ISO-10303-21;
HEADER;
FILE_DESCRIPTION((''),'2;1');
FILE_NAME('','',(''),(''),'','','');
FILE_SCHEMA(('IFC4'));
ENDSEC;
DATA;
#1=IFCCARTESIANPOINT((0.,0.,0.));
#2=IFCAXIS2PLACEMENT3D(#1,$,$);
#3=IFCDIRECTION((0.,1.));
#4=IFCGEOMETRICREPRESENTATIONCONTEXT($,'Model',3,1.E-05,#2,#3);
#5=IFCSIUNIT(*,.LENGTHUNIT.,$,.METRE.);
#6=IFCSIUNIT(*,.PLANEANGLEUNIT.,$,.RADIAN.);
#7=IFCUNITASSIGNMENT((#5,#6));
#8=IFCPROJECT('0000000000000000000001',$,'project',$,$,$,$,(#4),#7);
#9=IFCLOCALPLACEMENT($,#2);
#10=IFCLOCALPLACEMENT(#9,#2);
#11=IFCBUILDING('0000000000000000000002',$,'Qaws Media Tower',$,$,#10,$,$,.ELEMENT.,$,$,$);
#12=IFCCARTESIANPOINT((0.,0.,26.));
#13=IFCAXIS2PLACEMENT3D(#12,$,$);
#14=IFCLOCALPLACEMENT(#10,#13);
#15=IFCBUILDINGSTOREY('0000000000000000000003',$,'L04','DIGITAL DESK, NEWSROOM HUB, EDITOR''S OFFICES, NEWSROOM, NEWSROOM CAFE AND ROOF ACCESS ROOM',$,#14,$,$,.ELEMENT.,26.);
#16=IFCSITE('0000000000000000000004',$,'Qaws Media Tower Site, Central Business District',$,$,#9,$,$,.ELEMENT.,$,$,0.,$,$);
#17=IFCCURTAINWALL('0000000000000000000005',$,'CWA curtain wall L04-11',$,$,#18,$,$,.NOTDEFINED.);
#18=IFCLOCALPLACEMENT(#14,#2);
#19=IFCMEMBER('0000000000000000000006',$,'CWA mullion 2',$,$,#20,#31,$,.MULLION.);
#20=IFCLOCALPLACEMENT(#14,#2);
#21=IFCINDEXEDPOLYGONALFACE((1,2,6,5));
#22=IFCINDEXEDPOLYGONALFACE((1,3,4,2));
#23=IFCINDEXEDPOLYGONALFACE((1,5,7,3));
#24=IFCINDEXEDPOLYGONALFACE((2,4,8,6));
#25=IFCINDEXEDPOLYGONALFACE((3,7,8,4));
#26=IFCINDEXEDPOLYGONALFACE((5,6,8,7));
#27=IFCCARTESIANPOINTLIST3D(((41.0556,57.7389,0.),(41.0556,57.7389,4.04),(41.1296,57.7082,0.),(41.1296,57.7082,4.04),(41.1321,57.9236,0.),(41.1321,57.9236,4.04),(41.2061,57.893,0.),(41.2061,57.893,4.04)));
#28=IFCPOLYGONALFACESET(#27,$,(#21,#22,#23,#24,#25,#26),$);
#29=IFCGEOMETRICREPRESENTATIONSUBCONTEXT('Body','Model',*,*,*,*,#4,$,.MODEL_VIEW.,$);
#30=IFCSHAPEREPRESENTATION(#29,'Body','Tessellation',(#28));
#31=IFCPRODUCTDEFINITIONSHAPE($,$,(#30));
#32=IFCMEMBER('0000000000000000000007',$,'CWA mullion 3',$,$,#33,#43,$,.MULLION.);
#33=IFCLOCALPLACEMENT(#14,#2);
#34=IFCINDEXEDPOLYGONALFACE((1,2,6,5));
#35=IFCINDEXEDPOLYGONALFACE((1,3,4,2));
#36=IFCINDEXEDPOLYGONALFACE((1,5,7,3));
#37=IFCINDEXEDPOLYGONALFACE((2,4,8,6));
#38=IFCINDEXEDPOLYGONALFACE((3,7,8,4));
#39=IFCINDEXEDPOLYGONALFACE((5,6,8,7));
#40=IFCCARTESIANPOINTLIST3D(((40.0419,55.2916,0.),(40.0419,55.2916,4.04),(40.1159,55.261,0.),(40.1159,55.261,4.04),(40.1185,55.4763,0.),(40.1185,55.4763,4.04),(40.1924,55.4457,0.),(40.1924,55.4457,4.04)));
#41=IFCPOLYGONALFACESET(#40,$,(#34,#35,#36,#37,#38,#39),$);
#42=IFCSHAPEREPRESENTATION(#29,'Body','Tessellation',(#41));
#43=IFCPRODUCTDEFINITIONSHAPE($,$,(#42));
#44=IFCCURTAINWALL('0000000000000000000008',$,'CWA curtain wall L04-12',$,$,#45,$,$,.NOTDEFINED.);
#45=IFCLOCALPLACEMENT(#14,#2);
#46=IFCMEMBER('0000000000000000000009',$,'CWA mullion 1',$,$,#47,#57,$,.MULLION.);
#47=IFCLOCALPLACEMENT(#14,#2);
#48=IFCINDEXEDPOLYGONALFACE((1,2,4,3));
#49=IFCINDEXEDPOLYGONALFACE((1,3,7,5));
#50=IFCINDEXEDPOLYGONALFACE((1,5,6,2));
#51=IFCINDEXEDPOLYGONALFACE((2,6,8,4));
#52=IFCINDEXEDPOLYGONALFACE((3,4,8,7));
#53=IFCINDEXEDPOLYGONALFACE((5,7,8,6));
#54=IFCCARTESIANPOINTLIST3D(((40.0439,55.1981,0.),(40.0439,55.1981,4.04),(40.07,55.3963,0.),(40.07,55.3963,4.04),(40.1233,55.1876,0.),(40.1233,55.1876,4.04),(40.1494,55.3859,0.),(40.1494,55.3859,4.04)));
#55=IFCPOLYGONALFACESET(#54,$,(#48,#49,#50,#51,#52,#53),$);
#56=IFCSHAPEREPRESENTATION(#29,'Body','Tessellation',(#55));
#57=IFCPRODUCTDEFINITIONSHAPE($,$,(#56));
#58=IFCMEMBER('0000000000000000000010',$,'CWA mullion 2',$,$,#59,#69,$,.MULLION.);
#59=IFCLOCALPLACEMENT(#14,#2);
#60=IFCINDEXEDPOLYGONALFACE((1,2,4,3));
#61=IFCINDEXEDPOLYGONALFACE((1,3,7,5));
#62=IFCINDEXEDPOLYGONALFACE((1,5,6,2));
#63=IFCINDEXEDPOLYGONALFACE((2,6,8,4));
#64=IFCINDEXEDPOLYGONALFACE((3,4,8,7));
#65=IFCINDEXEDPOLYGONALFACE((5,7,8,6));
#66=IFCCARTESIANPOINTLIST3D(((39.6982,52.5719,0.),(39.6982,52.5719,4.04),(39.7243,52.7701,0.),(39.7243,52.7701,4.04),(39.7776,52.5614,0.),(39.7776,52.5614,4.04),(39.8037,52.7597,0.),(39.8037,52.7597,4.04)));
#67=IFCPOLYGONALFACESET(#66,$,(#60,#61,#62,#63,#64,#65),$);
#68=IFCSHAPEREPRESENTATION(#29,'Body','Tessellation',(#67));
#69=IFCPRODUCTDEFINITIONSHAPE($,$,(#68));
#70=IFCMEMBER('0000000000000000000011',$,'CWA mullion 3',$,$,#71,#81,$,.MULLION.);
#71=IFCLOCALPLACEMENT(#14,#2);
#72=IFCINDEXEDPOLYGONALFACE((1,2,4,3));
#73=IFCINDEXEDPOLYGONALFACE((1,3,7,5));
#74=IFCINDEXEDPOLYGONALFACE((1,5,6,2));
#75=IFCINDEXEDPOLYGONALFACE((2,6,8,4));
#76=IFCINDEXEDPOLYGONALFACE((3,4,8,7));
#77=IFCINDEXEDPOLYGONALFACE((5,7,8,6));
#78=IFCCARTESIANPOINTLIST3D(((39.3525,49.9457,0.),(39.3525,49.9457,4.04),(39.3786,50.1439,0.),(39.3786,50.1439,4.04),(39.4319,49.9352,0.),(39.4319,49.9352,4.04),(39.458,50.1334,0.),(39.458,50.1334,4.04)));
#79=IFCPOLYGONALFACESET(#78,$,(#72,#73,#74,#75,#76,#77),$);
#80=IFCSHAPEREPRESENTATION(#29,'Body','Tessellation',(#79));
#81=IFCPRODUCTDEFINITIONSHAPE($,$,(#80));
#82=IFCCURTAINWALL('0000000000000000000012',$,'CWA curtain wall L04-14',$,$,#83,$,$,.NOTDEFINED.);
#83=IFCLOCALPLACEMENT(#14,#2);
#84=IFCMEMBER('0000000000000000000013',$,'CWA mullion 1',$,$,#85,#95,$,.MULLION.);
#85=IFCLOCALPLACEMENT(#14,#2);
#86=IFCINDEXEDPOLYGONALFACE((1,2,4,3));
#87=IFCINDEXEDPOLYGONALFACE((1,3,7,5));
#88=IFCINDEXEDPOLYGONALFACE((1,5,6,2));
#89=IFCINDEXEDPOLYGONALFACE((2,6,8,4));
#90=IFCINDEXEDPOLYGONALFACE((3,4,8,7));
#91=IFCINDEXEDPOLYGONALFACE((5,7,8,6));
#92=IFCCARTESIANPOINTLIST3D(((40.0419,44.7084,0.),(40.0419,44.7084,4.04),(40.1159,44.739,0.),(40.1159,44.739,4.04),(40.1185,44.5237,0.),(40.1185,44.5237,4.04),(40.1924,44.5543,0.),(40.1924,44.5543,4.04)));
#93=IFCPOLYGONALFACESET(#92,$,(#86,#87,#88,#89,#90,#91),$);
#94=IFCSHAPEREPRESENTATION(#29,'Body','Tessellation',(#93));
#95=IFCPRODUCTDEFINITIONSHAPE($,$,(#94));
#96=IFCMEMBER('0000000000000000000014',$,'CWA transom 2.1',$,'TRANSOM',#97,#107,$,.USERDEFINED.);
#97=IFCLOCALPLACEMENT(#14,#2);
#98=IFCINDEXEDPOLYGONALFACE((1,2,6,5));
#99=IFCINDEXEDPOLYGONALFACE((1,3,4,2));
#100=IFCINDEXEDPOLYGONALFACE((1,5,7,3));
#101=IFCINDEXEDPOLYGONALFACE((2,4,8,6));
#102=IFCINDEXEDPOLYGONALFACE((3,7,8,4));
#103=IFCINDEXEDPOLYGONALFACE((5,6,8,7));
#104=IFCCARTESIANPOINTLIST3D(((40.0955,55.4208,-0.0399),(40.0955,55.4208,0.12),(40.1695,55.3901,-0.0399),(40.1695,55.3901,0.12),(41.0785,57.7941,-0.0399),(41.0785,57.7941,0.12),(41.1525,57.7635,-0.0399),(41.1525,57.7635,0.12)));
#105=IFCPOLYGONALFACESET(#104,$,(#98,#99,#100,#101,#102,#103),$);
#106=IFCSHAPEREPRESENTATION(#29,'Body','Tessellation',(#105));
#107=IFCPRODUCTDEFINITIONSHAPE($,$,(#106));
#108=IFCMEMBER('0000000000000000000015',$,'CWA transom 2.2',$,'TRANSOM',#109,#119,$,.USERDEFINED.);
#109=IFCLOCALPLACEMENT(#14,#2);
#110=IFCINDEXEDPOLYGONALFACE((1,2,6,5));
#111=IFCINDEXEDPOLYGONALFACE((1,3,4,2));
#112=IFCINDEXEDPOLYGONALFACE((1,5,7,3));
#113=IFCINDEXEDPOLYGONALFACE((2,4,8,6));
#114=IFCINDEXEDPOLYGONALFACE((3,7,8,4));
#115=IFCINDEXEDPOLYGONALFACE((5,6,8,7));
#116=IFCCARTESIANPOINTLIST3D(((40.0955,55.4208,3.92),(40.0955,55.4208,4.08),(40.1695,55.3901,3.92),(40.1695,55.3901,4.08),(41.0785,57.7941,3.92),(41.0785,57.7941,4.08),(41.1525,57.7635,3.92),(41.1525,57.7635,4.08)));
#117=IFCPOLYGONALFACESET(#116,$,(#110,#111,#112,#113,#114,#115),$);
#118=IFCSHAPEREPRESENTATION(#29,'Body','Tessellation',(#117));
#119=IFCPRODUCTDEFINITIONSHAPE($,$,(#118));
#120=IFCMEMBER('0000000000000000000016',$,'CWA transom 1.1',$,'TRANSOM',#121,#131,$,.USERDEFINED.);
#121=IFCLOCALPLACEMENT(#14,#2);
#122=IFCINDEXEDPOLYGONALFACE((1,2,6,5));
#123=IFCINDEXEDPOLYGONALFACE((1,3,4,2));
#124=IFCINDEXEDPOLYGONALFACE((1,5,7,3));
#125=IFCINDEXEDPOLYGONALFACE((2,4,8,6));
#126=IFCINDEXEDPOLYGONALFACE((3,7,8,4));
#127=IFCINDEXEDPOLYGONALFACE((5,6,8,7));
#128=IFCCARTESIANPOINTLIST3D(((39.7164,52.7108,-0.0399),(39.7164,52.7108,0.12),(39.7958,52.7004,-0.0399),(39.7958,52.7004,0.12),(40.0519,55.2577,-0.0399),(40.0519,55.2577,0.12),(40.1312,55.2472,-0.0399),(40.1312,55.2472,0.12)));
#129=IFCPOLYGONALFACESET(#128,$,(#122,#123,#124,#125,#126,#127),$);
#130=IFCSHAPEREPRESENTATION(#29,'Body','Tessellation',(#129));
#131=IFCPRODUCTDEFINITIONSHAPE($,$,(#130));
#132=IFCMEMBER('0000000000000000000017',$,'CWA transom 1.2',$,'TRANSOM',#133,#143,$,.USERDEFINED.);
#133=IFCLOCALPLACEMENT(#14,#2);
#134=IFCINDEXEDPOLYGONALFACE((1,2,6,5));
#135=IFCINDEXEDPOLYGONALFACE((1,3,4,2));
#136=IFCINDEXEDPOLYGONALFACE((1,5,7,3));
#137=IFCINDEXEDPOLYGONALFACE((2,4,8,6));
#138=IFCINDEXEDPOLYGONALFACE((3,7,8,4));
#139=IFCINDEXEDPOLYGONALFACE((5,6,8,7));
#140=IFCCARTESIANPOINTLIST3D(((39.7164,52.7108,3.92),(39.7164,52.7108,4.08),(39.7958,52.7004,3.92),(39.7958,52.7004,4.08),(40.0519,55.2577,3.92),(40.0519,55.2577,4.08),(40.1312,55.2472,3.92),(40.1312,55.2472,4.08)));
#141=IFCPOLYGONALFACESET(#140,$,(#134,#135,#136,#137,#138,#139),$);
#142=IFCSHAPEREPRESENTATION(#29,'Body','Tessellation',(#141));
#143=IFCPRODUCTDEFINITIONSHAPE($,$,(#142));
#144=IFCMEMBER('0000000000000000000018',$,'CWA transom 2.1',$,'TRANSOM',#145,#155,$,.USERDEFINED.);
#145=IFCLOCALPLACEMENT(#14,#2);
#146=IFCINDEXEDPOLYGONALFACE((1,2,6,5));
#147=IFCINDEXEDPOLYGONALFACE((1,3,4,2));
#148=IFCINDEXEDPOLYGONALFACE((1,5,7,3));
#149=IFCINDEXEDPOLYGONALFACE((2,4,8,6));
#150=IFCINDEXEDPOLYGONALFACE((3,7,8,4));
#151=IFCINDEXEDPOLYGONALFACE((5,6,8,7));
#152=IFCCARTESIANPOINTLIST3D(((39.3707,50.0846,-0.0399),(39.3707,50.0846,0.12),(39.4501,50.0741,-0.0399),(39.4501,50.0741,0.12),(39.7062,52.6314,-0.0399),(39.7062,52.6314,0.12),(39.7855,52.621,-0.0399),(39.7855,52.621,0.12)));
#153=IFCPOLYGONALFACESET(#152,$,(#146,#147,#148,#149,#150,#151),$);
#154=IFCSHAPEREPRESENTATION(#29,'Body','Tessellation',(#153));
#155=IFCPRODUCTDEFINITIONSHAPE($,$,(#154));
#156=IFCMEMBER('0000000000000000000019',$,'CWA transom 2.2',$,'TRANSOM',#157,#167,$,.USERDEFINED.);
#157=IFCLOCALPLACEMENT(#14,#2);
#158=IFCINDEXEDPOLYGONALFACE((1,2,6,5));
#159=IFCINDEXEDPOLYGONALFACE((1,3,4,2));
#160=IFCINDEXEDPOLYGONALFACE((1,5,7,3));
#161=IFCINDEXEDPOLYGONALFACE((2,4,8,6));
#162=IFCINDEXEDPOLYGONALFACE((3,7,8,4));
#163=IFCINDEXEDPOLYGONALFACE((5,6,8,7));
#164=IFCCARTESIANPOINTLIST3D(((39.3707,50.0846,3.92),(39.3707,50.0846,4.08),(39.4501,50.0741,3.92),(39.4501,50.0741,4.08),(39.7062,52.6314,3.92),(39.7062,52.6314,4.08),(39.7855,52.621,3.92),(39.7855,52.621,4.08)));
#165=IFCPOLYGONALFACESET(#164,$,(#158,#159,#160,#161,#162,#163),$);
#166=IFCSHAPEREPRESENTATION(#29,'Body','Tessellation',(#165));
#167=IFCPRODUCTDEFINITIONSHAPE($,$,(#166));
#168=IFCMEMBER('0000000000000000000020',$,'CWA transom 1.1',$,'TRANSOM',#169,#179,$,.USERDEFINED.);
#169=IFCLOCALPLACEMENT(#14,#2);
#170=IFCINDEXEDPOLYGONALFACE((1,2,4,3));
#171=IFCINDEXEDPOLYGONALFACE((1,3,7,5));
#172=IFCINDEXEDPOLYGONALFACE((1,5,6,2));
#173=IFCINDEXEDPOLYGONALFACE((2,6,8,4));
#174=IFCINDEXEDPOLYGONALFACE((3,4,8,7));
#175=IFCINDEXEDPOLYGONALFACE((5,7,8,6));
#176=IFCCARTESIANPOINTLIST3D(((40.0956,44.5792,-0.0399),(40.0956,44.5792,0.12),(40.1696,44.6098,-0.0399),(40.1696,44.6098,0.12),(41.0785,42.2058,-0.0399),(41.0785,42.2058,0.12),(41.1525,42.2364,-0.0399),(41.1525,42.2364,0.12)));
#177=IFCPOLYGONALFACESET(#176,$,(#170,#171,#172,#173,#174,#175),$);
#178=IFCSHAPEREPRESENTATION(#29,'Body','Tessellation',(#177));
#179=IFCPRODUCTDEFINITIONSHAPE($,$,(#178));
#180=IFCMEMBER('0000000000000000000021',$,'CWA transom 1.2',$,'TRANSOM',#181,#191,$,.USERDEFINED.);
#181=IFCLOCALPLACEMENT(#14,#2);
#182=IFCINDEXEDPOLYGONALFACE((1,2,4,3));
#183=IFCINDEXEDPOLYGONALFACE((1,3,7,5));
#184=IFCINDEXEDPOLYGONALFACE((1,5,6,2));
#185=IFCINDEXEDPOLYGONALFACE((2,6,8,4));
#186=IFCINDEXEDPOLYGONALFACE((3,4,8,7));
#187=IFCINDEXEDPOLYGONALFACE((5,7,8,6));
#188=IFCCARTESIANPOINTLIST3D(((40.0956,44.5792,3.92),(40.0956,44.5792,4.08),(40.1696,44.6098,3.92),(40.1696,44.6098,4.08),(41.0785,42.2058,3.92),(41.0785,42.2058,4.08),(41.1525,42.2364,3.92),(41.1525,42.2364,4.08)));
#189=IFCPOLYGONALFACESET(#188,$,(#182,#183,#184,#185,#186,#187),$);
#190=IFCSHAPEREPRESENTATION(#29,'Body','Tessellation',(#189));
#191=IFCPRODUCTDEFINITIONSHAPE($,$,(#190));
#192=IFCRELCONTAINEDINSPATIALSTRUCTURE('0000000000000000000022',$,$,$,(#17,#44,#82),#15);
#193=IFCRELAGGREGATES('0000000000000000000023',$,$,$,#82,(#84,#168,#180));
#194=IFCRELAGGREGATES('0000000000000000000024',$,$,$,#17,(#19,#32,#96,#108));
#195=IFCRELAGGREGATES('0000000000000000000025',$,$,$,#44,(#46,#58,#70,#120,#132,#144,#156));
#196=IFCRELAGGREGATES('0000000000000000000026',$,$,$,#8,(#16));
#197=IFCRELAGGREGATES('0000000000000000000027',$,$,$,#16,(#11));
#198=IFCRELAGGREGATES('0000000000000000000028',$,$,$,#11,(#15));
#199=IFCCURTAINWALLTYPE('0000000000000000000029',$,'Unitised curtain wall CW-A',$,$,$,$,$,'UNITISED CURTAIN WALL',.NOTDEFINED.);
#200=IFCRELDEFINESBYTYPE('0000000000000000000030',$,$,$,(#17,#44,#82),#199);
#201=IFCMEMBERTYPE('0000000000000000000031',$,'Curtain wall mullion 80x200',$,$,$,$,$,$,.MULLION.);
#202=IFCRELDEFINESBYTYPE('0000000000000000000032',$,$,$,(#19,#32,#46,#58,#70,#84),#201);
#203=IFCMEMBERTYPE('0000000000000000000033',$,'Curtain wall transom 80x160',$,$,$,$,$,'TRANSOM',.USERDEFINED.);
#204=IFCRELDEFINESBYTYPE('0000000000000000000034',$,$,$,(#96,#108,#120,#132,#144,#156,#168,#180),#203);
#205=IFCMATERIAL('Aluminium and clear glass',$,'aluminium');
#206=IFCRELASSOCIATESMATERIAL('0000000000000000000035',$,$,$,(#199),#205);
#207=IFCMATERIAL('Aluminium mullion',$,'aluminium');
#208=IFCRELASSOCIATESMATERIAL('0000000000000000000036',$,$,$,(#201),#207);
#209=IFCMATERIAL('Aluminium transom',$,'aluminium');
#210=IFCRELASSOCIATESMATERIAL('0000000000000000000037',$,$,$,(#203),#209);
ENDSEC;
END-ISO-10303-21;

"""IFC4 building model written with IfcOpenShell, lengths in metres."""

from ifc_helpers import new_model, si_unit, direction, frame, origin, origin_2d, place, context, subcontext, project, spatial, rectangle, extrude, material, material_profile, profile_set, type_object, element, aggregate, save


model = new_model("IFC4")

# Units and contexts
model_context = context("Model", 3, precision=1e-05, world=origin(), true_north=direction((0.0, 1.0)))
body_context = subcontext(model_context, "Body", "Model", "MODEL_VIEW")
ifc_project = project(units=[si_unit("LENGTHUNIT", "METRE"), si_unit("PLANEANGLEUNIT", "RADIAN")], contexts=[model_context])

# Site, building, storey
site_placement = place(None, origin())
site = spatial("IfcSite", under=ifc_project, at=site_placement, Name="Qaws Media Tower Site, Central Business District", CompositionType="ELEMENT", RefElevation=0.0)
building_placement = place(site_placement, origin())
building = spatial("IfcBuilding", under=site, at=building_placement, Name="Qaws Media Tower", CompositionType="ELEMENT")
storey_placement = place(building_placement, frame((0.0, 0.0, 26.0)))
storey = spatial("IfcBuildingStorey", under=building, at=storey_placement, Name="L04", Description="DIGITAL DESK, NEWSROOM HUB, EDITOR'S OFFICES, NEWSROOM, NEWSROOM CAFE AND ROOF ACCESS ROOM", CompositionType="ELEMENT", Elevation=26.0)

# Curtain walls, members
ifc_material_1 = material(Name="Aluminium and clear glass", Category="aluminium")
curtain_wall_type = type_object("IfcCurtainWallType", Name="Unitised curtain wall CW-A", ElementType="UNITISED CURTAIN WALL", PredefinedType="NOTDEFINED", material=ifc_material_1)
curtain_wall_1_placement = place(storey_placement, origin())
curtain_wall_1 = element("IfcCurtainWall", 1, at=curtain_wall_1_placement, inside=storey, type_object=curtain_wall_type, Name="CWA curtain wall L04-11", PredefinedType="NOTDEFINED")
ifc_material_2 = material(Name="Aluminium mullion", Category="aluminium")
ifc_material_profile_1 = material_profile(ifc_material_2, rectangle(XDim=0.0801, YDim=0.2, at=origin_2d()), Name="80x200")
ifc_profile_set_1 = profile_set([ifc_material_profile_1], Name="Aluminium mullion")
member_type_1 = type_object("IfcMemberType", Name="Curtain wall mullion 80x200", PredefinedType="MULLION", material=ifc_profile_set_1)
member_1_placement = place(storey_placement, frame((41.1309, 57.8159, 0.0), z_axis=(0.0, 0.0, 1.0), x_axis=(0.92388, -0.382683, 0.0)))
member_1 = element("IfcMember", 2, at=member_1_placement, type_object=member_type_1, Name="CWA mullion 2", PredefinedType="MULLION", context=body_context, shape_type="SweptSolid", body=[
    extrude(rectangle(XDim=0.0801, YDim=0.2, at=origin_2d()), origin(), (0.0, 0.0, 1.0), 4.04),
])
member_2_placement = place(storey_placement, frame((40.1172, 55.3687, 0.0), z_axis=(0.0, 0.0, 1.0), x_axis=(0.92388, -0.382683, 0.0)))
member_2 = element("IfcMember", 3, at=member_2_placement, type_object=member_type_1, Name="CWA mullion 3", PredefinedType="MULLION", context=body_context, shape_type="SweptSolid", body=[
    extrude(rectangle(XDim=0.0801, YDim=0.2, at=origin_2d()), origin(), (0.0, 0.0, 1.0), 4.04),
])
curtain_wall_2_placement = place(storey_placement, origin())
curtain_wall_2 = element("IfcCurtainWall", 4, at=curtain_wall_2_placement, inside=storey, type_object=curtain_wall_type, Name="CWA curtain wall L04-12", PredefinedType="NOTDEFINED")
member_3_placement = place(storey_placement, frame((40.0967, 55.292, 0.0), z_axis=(0.0, 0.0, 1.0), x_axis=(0.991445, -0.130526, 0.0)))
member_3 = element("IfcMember", 5, at=member_3_placement, type_object=member_type_1, Name="CWA mullion 1", PredefinedType="MULLION", context=body_context, shape_type="SweptSolid", body=[
    extrude(rectangle(XDim=0.0801, YDim=0.2, at=origin_2d()), origin(), (0.0, 0.0, 1.0), 4.04),
])
member_4_placement = place(storey_placement, frame((39.751, 52.6658, 0.0), z_axis=(0.0, 0.0, 1.0), x_axis=(0.991445, -0.130526, 0.0)))
member_4 = element("IfcMember", 6, at=member_4_placement, type_object=member_type_1, Name="CWA mullion 2", PredefinedType="MULLION", context=body_context, shape_type="SweptSolid", body=[
    extrude(rectangle(XDim=0.0801, YDim=0.2, at=origin_2d()), origin(), (0.0, 0.0, 1.0), 4.04),
])
member_5_placement = place(storey_placement, frame((39.4053, 50.0396, 0.0), z_axis=(0.0, 0.0, 1.0), x_axis=(0.991445, -0.130526, 0.0)))
member_5 = element("IfcMember", 7, at=member_5_placement, type_object=member_type_1, Name="CWA mullion 3", PredefinedType="MULLION", context=body_context, shape_type="SweptSolid", body=[
    extrude(rectangle(XDim=0.0801, YDim=0.2, at=origin_2d()), origin(), (0.0, 0.0, 1.0), 4.04),
])

# Curtain wall, member
curtain_wall_3_placement = place(storey_placement, origin())
curtain_wall_3 = element("IfcCurtainWall", 8, at=curtain_wall_3_placement, inside=storey, type_object=curtain_wall_type, Name="CWA curtain wall L04-14", PredefinedType="NOTDEFINED")
member_6_placement = place(storey_placement, frame((40.1172, 44.6313, 0.0), z_axis=(0.0, 0.0, 1.0), x_axis=(0.92388, 0.382683, 0.0)))
member_6 = element("IfcMember", 9, at=member_6_placement, type_object=member_type_1, Name="CWA mullion 1", PredefinedType="MULLION", context=body_context, shape_type="SweptSolid", body=[
    extrude(rectangle(XDim=0.0801, YDim=0.2, at=origin_2d()), origin(), (0.0, 0.0, 1.0), 4.04),
])

# Members
ifc_material_3 = material(Name="Aluminium transom", Category="aluminium")
ifc_material_profile_2 = material_profile(ifc_material_3, rectangle(XDim=0.0801, YDim=0.1599, at=origin_2d()), Name="80x160")
ifc_profile_set_2 = profile_set([ifc_material_profile_2], Name="Aluminium transom")
member_type_2 = type_object("IfcMemberType", Name="Curtain wall transom 80x160", ElementType="TRANSOM", PredefinedType="USERDEFINED", material=ifc_profile_set_2)
member_7_placement = place(storey_placement, frame((41.1155, 57.7788, 0.04), z_axis=(-0.382637, -0.923899, 0.0), x_axis=(0.923899, -0.382637, 0.0)))
member_7 = element("IfcMember", 10, at=member_7_placement, type_object=member_type_2, Name="CWA transom 2.1", ObjectType="TRANSOM", PredefinedType="USERDEFINED", context=body_context, shape_type="SweptSolid", body=[
    extrude(rectangle(XDim=0.0801, YDim=0.1599, at=origin_2d()), origin(), (0.0, 0.0, 1.0), 2.5688),
])
member_8_placement = place(storey_placement, frame((41.1155, 57.7788, 4.0), z_axis=(-0.382637, -0.923899, 0.0), x_axis=(0.923899, -0.382637, 0.0)))
member_8 = element("IfcMember", 11, at=member_8_placement, type_object=member_type_2, Name="CWA transom 2.2", ObjectType="TRANSOM", PredefinedType="USERDEFINED", context=body_context, shape_type="SweptSolid", body=[
    extrude(rectangle(XDim=0.0801, YDim=0.1599, at=origin_2d()), origin(), (0.0, 0.0, 1.0), 2.5688),
])
member_9_placement = place(storey_placement, frame((40.0916, 55.2524, 0.04), z_axis=(-0.130582, -0.991437, 0.0), x_axis=(0.991437, -0.130582, 0.0)))
member_9 = element("IfcMember", 12, at=member_9_placement, type_object=member_type_2, Name="CWA transom 1.1", ObjectType="TRANSOM", PredefinedType="USERDEFINED", context=body_context, shape_type="SweptSolid", body=[
    extrude(rectangle(XDim=0.0801, YDim=0.1599, at=origin_2d()), origin(), (0.0, 0.0, 1.0), 2.5688),
])
member_10_placement = place(storey_placement, frame((40.0916, 55.2524, 4.0), z_axis=(-0.130582, -0.991437, 0.0), x_axis=(0.991437, -0.130582, 0.0)))
member_10 = element("IfcMember", 13, at=member_10_placement, type_object=member_type_2, Name="CWA transom 1.2", ObjectType="TRANSOM", PredefinedType="USERDEFINED", context=body_context, shape_type="SweptSolid", body=[
    extrude(rectangle(XDim=0.0801, YDim=0.1599, at=origin_2d()), origin(), (0.0, 0.0, 1.0), 2.5688),
])
member_11_placement = place(storey_placement, frame((39.7458, 52.6262, 0.04), z_axis=(-0.130582, -0.991437, 0.0), x_axis=(0.991437, -0.130582, 0.0)))
member_11 = element("IfcMember", 14, at=member_11_placement, type_object=member_type_2, Name="CWA transom 2.1", ObjectType="TRANSOM", PredefinedType="USERDEFINED", context=body_context, shape_type="SweptSolid", body=[
    extrude(rectangle(XDim=0.0801, YDim=0.1599, at=origin_2d()), origin(), (0.0, 0.0, 1.0), 2.5688),
])
member_12_placement = place(storey_placement, frame((39.7458, 52.6262, 4.0), z_axis=(-0.130582, -0.991437, 0.0), x_axis=(0.991437, -0.130582, 0.0)))
member_12 = element("IfcMember", 15, at=member_12_placement, type_object=member_type_2, Name="CWA transom 2.2", ObjectType="TRANSOM", PredefinedType="USERDEFINED", context=body_context, shape_type="SweptSolid", body=[
    extrude(rectangle(XDim=0.0801, YDim=0.1599, at=origin_2d()), origin(), (0.0, 0.0, 1.0), 2.5688),
])
member_13_placement = place(storey_placement, frame((40.1326, 44.5945, 0.04), z_axis=(0.382637, -0.923899, 0.0), x_axis=(0.923899, 0.382637, 0.0)))
member_13 = element("IfcMember", 16, at=member_13_placement, type_object=member_type_2, Name="CWA transom 1.1", ObjectType="TRANSOM", PredefinedType="USERDEFINED", context=body_context, shape_type="SweptSolid", body=[
    extrude(rectangle(XDim=0.0801, YDim=0.1599, at=origin_2d()), origin(), (0.0, 0.0, 1.0), 2.5688),
])
member_14_placement = place(storey_placement, frame((40.1326, 44.5945, 4.0), z_axis=(0.382637, -0.923899, 0.0), x_axis=(0.923899, 0.382637, 0.0)))
member_14 = element("IfcMember", 17, at=member_14_placement, type_object=member_type_2, Name="CWA transom 1.2", ObjectType="TRANSOM", PredefinedType="USERDEFINED", context=body_context, shape_type="SweptSolid", body=[
    extrude(rectangle(XDim=0.0801, YDim=0.1599, at=origin_2d()), origin(), (0.0, 0.0, 1.0), 2.5688),
])
aggregate(curtain_wall_3, [member_6, member_13, member_14])

aggregate(curtain_wall_1, [member_1, member_2, member_7, member_8])
aggregate(curtain_wall_2, [member_3, member_4, member_5, member_9, member_10, member_11, member_12])

save(model, "model.ifc")
